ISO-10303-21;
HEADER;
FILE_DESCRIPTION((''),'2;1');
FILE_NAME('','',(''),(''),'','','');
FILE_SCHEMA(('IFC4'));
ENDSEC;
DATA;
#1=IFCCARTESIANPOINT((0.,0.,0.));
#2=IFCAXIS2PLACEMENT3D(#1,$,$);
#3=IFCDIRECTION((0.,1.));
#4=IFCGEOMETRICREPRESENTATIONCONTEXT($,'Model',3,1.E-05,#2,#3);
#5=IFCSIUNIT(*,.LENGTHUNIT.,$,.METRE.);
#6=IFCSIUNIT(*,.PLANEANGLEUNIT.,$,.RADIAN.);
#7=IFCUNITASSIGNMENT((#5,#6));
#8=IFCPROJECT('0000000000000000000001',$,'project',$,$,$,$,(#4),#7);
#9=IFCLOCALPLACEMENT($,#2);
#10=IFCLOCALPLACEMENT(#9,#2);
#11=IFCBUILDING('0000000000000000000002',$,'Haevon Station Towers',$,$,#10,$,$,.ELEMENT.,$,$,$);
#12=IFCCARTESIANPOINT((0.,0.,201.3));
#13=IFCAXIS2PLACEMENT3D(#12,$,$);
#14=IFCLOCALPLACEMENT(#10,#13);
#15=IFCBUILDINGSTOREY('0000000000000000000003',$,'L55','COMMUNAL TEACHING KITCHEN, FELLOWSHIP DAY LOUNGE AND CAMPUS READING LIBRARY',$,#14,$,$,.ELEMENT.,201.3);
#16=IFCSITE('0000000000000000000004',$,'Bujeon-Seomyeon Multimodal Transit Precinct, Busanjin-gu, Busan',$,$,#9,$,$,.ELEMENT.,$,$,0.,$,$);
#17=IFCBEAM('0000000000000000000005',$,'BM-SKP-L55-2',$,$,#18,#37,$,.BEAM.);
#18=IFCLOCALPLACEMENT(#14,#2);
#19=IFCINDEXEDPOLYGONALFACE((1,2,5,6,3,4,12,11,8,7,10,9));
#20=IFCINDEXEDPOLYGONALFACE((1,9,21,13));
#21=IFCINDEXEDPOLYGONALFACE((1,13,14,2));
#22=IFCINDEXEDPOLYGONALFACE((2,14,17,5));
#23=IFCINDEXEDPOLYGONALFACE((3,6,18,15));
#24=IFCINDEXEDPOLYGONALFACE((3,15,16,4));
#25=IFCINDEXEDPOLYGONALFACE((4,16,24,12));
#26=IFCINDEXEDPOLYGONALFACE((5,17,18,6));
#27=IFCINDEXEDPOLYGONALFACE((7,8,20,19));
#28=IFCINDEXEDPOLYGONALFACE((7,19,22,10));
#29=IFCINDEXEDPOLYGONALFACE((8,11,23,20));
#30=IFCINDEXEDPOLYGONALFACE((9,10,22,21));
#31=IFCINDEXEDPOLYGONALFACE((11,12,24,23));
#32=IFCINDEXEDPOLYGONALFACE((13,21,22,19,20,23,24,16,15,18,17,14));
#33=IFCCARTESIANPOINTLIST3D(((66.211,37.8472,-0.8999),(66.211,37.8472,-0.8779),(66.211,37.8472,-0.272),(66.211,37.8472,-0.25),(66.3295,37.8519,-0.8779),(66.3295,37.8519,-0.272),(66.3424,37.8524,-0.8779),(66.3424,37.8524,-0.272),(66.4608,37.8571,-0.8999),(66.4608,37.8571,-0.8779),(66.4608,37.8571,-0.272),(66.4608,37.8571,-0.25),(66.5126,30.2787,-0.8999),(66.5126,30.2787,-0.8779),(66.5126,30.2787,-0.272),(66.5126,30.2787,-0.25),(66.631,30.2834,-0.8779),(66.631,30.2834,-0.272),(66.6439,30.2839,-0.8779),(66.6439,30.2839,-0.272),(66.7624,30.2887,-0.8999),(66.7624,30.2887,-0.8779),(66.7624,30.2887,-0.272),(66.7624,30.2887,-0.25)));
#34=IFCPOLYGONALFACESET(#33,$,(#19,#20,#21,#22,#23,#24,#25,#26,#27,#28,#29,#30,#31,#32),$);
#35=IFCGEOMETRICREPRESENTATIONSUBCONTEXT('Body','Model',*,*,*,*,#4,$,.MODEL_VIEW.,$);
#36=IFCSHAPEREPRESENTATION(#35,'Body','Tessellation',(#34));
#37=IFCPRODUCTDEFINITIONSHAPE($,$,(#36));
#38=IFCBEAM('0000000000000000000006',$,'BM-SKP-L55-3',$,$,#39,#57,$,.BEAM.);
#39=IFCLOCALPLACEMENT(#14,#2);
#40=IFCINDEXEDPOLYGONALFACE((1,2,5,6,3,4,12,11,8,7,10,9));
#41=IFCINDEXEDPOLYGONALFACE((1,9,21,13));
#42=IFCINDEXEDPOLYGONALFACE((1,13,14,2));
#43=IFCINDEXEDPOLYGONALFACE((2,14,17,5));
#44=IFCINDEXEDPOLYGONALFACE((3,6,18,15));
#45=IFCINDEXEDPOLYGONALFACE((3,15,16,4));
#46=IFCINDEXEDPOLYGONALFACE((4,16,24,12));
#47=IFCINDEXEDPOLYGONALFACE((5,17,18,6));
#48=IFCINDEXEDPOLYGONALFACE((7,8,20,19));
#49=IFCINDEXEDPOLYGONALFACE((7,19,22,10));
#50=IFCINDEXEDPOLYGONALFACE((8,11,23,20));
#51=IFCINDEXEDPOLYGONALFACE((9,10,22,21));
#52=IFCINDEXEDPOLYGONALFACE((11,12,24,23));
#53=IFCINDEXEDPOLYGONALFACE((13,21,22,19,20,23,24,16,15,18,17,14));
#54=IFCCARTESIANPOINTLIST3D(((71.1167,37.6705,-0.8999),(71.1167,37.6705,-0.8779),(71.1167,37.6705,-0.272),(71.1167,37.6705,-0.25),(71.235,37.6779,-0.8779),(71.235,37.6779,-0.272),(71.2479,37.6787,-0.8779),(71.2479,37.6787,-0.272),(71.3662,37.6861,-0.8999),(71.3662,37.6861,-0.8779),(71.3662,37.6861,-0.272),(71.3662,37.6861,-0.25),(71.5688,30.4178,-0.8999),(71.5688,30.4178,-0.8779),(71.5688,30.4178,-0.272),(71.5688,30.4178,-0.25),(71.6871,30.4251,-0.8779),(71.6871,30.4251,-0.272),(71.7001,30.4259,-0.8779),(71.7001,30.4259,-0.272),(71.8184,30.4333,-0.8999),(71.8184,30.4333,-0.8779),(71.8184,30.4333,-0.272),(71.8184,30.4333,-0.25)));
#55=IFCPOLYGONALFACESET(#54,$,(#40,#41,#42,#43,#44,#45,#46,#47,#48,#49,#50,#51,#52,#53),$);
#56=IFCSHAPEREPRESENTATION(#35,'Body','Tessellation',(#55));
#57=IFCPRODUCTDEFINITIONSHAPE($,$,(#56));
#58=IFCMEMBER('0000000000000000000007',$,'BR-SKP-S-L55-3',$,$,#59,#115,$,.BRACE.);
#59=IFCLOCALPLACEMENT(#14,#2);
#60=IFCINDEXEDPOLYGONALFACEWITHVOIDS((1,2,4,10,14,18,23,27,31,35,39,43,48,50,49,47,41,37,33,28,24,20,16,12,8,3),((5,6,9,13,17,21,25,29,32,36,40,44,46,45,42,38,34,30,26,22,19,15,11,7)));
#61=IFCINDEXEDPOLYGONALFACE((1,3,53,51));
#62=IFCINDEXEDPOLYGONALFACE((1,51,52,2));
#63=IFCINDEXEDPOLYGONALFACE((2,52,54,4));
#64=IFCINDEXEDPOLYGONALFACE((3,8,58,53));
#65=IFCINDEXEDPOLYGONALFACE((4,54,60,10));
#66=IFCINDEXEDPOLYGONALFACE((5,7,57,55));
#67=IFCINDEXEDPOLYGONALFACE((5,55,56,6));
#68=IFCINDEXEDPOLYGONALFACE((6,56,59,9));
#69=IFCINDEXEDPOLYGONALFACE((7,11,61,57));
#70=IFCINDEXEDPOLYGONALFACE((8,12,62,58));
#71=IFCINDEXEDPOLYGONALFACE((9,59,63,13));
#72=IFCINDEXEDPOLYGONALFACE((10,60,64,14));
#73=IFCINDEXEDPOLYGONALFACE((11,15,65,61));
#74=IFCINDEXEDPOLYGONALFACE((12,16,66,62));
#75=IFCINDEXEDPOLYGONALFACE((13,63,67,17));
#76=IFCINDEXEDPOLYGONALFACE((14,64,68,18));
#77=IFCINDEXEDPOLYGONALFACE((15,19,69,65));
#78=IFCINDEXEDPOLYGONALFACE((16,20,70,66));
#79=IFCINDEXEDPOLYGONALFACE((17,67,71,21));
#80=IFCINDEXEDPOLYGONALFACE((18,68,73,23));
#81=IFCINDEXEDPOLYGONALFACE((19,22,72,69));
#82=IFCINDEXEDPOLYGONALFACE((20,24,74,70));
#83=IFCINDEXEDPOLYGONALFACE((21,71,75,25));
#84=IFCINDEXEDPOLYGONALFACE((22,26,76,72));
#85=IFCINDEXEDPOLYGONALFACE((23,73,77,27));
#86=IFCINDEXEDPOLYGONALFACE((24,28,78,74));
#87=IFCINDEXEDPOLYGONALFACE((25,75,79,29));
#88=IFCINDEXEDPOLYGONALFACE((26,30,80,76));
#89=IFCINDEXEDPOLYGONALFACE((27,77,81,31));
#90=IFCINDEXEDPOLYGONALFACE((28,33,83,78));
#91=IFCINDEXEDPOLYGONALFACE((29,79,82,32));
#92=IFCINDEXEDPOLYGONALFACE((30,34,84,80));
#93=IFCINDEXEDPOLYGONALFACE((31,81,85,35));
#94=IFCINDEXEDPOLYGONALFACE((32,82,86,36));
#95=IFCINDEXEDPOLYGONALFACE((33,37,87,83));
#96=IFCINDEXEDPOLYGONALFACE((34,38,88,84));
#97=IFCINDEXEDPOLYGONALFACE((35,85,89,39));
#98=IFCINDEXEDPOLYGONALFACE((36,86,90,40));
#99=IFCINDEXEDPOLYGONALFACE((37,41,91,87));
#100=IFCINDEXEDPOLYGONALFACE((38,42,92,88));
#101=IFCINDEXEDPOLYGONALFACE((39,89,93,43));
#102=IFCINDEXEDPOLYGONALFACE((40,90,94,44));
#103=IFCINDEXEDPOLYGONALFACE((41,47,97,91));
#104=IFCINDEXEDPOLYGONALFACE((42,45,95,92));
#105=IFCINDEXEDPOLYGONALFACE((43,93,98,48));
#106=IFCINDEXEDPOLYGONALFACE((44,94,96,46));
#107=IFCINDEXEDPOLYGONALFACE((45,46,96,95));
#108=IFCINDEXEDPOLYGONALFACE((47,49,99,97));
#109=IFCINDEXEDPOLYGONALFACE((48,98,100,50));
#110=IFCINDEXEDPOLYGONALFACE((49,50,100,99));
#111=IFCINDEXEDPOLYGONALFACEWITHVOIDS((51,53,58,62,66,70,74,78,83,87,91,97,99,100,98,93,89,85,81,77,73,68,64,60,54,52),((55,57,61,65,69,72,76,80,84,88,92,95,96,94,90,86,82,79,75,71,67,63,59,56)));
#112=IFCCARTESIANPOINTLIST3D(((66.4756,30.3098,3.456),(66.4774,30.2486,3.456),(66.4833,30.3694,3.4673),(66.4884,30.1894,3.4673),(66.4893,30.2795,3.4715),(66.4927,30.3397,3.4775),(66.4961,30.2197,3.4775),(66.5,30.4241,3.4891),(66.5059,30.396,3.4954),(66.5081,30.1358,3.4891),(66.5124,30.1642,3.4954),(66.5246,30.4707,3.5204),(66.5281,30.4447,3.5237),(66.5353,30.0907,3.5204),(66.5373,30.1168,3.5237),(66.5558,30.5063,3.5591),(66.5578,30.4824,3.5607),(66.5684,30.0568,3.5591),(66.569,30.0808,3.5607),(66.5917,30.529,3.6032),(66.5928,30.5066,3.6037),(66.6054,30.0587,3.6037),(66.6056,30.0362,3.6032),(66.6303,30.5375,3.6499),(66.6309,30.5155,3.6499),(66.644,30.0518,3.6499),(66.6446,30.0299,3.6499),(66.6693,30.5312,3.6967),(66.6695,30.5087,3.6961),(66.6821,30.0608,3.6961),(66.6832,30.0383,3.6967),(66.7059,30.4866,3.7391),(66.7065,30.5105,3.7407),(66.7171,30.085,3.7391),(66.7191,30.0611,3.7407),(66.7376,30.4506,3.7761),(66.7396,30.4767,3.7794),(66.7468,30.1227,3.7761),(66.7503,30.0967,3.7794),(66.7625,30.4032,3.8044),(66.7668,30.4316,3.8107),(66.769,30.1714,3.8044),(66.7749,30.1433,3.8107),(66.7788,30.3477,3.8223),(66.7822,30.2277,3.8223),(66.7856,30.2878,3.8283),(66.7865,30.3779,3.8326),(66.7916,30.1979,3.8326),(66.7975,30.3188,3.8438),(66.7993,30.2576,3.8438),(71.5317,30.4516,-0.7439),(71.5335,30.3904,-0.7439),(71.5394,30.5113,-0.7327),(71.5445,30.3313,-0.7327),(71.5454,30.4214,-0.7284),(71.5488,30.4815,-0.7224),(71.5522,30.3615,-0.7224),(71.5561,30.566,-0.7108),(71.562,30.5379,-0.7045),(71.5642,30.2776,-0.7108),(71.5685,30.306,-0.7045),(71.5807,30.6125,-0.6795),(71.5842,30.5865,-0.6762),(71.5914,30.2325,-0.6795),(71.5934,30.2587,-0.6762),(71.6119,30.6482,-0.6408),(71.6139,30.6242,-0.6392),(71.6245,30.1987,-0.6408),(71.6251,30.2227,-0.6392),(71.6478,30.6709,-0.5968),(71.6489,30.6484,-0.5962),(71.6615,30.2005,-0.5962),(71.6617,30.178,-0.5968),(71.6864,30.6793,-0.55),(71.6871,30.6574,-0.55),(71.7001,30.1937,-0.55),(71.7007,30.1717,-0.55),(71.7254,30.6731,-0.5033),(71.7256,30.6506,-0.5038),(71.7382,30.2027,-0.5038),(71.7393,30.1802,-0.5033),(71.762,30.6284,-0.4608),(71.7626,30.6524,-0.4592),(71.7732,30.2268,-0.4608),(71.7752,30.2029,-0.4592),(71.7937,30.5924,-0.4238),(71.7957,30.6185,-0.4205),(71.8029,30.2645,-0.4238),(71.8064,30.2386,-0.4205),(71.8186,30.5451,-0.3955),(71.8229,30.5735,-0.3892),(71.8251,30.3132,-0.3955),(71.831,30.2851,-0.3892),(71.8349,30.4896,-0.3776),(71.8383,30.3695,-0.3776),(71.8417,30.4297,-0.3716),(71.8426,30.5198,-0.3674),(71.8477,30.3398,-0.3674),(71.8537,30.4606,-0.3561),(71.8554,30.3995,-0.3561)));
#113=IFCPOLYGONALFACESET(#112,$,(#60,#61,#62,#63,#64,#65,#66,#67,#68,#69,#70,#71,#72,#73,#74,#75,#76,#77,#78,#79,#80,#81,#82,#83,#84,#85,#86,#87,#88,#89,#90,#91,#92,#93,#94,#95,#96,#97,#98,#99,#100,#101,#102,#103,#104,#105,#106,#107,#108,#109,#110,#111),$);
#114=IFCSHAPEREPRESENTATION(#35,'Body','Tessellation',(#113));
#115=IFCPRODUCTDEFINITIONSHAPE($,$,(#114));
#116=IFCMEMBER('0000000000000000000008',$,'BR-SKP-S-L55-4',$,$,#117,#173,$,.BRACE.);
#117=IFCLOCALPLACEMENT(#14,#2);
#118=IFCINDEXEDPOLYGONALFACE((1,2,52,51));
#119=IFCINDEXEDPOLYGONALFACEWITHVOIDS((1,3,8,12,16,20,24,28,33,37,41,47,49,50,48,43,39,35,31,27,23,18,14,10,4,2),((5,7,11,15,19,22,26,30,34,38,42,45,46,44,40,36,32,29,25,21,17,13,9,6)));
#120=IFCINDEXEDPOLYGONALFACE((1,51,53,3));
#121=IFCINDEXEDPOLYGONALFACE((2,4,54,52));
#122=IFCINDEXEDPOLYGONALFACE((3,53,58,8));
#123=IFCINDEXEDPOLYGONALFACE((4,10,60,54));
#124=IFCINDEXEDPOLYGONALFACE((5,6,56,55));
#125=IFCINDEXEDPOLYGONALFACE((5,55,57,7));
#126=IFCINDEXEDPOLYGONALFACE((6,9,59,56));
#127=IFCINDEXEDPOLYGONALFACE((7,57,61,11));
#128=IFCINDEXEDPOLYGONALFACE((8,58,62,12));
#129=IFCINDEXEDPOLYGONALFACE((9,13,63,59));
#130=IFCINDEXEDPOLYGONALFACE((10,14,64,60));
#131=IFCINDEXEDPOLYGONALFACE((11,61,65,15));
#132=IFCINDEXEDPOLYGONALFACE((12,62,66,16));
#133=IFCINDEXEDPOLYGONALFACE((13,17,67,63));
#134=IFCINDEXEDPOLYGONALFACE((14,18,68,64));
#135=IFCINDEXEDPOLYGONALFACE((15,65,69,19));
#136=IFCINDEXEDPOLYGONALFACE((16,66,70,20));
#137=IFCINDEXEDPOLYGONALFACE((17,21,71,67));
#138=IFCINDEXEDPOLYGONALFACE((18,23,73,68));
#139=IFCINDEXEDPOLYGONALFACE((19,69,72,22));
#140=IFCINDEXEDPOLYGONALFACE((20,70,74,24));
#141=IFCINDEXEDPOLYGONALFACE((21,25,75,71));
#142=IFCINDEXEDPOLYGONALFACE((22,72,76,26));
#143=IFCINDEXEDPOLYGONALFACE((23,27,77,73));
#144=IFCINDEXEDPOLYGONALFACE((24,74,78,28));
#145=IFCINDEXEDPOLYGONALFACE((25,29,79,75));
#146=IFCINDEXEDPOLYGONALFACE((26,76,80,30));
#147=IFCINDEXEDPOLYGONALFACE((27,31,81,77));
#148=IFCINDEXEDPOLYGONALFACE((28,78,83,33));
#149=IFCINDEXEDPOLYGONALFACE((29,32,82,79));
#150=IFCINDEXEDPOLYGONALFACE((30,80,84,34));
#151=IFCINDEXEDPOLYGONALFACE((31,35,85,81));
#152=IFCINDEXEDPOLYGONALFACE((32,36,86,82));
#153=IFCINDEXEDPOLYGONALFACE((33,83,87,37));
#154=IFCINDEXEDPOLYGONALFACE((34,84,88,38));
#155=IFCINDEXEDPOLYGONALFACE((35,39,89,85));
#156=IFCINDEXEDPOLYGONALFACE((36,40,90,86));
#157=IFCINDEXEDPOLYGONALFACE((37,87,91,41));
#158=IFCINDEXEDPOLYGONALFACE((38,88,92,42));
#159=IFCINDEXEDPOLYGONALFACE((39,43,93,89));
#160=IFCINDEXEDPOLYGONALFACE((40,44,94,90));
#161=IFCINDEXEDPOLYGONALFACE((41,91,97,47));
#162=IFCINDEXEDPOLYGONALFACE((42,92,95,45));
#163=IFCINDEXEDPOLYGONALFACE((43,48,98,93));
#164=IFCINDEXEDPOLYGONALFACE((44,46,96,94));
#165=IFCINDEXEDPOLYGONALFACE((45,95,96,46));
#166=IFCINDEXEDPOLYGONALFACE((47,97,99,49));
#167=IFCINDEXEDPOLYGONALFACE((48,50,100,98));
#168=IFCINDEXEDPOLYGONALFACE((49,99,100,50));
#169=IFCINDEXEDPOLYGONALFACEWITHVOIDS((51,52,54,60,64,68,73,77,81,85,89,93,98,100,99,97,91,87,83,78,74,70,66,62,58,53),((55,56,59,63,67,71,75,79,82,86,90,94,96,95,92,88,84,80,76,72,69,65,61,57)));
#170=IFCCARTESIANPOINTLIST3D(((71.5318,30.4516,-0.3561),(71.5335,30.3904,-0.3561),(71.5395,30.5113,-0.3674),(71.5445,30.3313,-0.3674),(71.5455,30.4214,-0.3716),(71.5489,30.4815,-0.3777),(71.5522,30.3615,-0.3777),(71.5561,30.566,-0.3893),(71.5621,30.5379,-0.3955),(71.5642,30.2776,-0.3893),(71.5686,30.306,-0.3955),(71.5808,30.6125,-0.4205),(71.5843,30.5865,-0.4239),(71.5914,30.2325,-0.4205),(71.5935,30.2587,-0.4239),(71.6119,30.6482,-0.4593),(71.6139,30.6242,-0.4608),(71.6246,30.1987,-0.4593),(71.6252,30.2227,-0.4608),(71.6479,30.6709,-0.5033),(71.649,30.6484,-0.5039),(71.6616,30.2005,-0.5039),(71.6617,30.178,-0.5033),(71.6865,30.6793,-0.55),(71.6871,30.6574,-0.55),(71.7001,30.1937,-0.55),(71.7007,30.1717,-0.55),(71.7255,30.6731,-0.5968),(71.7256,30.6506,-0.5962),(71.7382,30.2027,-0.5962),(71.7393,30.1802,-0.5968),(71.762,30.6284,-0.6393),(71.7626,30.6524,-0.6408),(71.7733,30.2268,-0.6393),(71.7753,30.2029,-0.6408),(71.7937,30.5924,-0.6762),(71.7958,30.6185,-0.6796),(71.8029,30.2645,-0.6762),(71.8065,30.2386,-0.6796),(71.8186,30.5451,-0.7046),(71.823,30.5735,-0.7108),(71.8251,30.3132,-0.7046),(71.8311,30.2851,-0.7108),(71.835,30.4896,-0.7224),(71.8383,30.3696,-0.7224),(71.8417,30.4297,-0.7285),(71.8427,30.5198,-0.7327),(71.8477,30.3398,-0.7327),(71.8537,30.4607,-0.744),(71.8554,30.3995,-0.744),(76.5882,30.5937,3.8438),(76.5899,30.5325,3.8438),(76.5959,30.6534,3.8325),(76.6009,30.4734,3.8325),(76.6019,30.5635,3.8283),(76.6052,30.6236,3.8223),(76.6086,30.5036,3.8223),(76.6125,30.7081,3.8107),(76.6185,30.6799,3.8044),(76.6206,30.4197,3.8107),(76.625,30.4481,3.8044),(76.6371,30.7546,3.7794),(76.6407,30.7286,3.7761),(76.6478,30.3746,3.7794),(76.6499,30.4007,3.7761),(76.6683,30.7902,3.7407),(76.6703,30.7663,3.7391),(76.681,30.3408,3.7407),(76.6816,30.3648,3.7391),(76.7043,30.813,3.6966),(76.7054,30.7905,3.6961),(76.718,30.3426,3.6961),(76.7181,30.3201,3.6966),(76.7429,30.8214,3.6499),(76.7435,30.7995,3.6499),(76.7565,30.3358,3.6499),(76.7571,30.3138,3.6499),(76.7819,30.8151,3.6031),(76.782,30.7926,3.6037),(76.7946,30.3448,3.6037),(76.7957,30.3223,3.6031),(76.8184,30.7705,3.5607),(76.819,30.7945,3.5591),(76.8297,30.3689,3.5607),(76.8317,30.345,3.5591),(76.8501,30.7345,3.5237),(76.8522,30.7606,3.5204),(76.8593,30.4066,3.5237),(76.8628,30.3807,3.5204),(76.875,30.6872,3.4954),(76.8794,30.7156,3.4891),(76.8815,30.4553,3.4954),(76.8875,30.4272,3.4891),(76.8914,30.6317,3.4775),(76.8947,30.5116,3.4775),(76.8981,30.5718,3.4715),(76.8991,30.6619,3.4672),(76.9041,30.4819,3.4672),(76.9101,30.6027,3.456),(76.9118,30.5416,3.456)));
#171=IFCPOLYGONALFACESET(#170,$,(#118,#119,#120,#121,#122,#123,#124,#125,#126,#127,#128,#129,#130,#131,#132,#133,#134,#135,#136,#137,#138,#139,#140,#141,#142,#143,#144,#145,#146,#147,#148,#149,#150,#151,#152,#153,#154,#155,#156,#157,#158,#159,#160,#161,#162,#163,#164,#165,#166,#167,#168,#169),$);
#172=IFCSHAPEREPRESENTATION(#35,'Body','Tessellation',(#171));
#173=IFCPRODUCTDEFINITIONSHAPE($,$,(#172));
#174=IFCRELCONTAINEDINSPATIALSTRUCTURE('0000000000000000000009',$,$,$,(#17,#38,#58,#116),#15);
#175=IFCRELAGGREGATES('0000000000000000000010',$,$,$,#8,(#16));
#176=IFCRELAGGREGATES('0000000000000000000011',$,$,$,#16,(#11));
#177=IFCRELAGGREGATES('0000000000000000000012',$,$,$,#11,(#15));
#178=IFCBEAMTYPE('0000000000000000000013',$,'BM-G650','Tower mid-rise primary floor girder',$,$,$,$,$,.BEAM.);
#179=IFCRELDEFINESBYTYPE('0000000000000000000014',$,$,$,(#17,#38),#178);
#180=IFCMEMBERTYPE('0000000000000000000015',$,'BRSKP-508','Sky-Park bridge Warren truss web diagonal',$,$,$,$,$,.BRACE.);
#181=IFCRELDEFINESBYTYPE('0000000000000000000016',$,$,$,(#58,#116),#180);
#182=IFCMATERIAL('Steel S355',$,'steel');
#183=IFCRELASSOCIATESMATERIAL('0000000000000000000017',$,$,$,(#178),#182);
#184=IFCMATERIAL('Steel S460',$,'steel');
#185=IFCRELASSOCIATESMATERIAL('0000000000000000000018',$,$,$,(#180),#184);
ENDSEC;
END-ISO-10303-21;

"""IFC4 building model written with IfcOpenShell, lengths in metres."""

from ifc_helpers import new_model, si_unit, direction, frame, origin, origin_2d, place, context, subcontext, project, spatial, hollow_circle, i_section, extrude, material, material_profile, profile_set, type_object, element, save


model = new_model("IFC4")

# Units and contexts
model_context = context("Model", 3, precision=1e-05, world=origin(), true_north=direction((0.0, 1.0)))
body_context = subcontext(model_context, "Body", "Model", "MODEL_VIEW")
ifc_project = project(units=[si_unit("LENGTHUNIT", "METRE"), si_unit("PLANEANGLEUNIT", "RADIAN")], contexts=[model_context])

# Site, building, storey
site_placement = place(None, origin())
site = spatial("IfcSite", under=ifc_project, at=site_placement, Name="Bujeon-Seomyeon Multimodal Transit Precinct, Busanjin-gu, Busan", CompositionType="ELEMENT", RefElevation=0.0)
building_placement = place(site_placement, origin())
building = spatial("IfcBuilding", under=site, at=building_placement, Name="Haevon Station Towers", CompositionType="ELEMENT")
storey_placement = place(building_placement, frame((0.0, 0.0, 201.3)))
storey = spatial("IfcBuildingStorey", under=building, at=storey_placement, Name="L55", Description="COMMUNAL TEACHING KITCHEN, FELLOWSHIP DAY LOUNGE AND CAMPUS READING LIBRARY", CompositionType="ELEMENT", Elevation=201.3)

# Beams
ifc_material_1 = material(Name="Steel S355", Category="steel")
ifc_material_profile_1 = material_profile(ifc_material_1, i_section(OverallWidth=0.25, OverallDepth=0.6499, WebThickness=0.0129, FlangeThickness=0.022, at=origin_2d()), Name="H-650x250x13x22")
ifc_profile_set_1 = profile_set([ifc_material_profile_1], Name="Steel S355")
beam_type = type_object("IfcBeamType", Name="BM-G650", Description="Tower mid-rise primary floor girder", PredefinedType="BEAM", material=ifc_profile_set_1)
beam_1_placement = place(storey_placement, frame((66.6375, 30.2837, -0.575), z_axis=(-0.039807, 0.999207, 0.0), x_axis=(-0.999207, -0.039807, 0.0)))
element("IfcBeam", 1, at=beam_1_placement, inside=storey, type_object=beam_type, Name="BM-SKP-L55-2", PredefinedType="BEAM", context=body_context, shape_type="SweptSolid", body=[
    extrude(i_section(OverallWidth=0.25, OverallDepth=0.6499, WebThickness=0.0129, FlangeThickness=0.022, at=origin_2d()), origin(), (0.0, 0.0, 1.0), 7.5745),
])
beam_2_placement = place(storey_placement, frame((71.6936, 30.4255, -0.575), z_axis=(-0.062221, 0.998062, 0.0), x_axis=(-0.998062, -0.062221, 0.0)))
element("IfcBeam", 2, at=beam_2_placement, inside=storey, type_object=beam_type, Name="BM-SKP-L55-3", PredefinedType="BEAM", context=body_context, shape_type="SweptSolid", body=[
    extrude(i_section(OverallWidth=0.25, OverallDepth=0.6499, WebThickness=0.0129, FlangeThickness=0.022, at=origin_2d()), origin(), (0.0, 0.0, 1.0), 7.2668),
])

# Members
ifc_material_2 = material(Name="Steel S460", Category="steel")
ifc_material_profile_2 = material_profile(ifc_material_2, hollow_circle(Radius=0.2539, WallThickness=0.022, at=origin_2d()), Name="CHS-508x22")
ifc_profile_set_2 = profile_set([ifc_material_profile_2], Name="Steel S460")
member_type_1 = type_object("IfcMemberType", Name="BRSKP-508", Description="Sky-Park bridge Warren truss web diagonal", PredefinedType="BRACE", material=ifc_profile_set_2)
member_1_placement = place(storey_placement, frame((66.6375, 30.2837, 3.6499), z_axis=(0.769052, 0.021575, -0.638822), x_axis=(-0.028043, 0.999607, 0.0)))
element("IfcMember", 3, at=member_1_placement, inside=storey, type_object=member_type_1, Name="BR-SKP-S-L55-3", PredefinedType="BRACE", context=body_context, shape_type="SweptSolid", body=[
    extrude(hollow_circle(Radius=0.2539, WallThickness=0.022, at=origin_2d()), origin(), (0.0, 0.0, 1.0), 6.5745),
])
member_2_placement = place(storey_placement, frame((71.6936, 30.4255, -0.55), z_axis=(0.769067, 0.021612, 0.638803), x_axis=(-0.02809, 0.999605, 0.0)))
element("IfcMember", 4, at=member_2_placement, inside=storey, type_object=member_type_1, Name="BR-SKP-S-L55-4", PredefinedType="BRACE", context=body_context, shape_type="SweptSolid", body=[
    extrude(hollow_circle(Radius=0.2539, WallThickness=0.022, at=origin_2d()), origin(), (0.0, 0.0, 1.0), 6.5747),
])

save(model, "model.ifc")
